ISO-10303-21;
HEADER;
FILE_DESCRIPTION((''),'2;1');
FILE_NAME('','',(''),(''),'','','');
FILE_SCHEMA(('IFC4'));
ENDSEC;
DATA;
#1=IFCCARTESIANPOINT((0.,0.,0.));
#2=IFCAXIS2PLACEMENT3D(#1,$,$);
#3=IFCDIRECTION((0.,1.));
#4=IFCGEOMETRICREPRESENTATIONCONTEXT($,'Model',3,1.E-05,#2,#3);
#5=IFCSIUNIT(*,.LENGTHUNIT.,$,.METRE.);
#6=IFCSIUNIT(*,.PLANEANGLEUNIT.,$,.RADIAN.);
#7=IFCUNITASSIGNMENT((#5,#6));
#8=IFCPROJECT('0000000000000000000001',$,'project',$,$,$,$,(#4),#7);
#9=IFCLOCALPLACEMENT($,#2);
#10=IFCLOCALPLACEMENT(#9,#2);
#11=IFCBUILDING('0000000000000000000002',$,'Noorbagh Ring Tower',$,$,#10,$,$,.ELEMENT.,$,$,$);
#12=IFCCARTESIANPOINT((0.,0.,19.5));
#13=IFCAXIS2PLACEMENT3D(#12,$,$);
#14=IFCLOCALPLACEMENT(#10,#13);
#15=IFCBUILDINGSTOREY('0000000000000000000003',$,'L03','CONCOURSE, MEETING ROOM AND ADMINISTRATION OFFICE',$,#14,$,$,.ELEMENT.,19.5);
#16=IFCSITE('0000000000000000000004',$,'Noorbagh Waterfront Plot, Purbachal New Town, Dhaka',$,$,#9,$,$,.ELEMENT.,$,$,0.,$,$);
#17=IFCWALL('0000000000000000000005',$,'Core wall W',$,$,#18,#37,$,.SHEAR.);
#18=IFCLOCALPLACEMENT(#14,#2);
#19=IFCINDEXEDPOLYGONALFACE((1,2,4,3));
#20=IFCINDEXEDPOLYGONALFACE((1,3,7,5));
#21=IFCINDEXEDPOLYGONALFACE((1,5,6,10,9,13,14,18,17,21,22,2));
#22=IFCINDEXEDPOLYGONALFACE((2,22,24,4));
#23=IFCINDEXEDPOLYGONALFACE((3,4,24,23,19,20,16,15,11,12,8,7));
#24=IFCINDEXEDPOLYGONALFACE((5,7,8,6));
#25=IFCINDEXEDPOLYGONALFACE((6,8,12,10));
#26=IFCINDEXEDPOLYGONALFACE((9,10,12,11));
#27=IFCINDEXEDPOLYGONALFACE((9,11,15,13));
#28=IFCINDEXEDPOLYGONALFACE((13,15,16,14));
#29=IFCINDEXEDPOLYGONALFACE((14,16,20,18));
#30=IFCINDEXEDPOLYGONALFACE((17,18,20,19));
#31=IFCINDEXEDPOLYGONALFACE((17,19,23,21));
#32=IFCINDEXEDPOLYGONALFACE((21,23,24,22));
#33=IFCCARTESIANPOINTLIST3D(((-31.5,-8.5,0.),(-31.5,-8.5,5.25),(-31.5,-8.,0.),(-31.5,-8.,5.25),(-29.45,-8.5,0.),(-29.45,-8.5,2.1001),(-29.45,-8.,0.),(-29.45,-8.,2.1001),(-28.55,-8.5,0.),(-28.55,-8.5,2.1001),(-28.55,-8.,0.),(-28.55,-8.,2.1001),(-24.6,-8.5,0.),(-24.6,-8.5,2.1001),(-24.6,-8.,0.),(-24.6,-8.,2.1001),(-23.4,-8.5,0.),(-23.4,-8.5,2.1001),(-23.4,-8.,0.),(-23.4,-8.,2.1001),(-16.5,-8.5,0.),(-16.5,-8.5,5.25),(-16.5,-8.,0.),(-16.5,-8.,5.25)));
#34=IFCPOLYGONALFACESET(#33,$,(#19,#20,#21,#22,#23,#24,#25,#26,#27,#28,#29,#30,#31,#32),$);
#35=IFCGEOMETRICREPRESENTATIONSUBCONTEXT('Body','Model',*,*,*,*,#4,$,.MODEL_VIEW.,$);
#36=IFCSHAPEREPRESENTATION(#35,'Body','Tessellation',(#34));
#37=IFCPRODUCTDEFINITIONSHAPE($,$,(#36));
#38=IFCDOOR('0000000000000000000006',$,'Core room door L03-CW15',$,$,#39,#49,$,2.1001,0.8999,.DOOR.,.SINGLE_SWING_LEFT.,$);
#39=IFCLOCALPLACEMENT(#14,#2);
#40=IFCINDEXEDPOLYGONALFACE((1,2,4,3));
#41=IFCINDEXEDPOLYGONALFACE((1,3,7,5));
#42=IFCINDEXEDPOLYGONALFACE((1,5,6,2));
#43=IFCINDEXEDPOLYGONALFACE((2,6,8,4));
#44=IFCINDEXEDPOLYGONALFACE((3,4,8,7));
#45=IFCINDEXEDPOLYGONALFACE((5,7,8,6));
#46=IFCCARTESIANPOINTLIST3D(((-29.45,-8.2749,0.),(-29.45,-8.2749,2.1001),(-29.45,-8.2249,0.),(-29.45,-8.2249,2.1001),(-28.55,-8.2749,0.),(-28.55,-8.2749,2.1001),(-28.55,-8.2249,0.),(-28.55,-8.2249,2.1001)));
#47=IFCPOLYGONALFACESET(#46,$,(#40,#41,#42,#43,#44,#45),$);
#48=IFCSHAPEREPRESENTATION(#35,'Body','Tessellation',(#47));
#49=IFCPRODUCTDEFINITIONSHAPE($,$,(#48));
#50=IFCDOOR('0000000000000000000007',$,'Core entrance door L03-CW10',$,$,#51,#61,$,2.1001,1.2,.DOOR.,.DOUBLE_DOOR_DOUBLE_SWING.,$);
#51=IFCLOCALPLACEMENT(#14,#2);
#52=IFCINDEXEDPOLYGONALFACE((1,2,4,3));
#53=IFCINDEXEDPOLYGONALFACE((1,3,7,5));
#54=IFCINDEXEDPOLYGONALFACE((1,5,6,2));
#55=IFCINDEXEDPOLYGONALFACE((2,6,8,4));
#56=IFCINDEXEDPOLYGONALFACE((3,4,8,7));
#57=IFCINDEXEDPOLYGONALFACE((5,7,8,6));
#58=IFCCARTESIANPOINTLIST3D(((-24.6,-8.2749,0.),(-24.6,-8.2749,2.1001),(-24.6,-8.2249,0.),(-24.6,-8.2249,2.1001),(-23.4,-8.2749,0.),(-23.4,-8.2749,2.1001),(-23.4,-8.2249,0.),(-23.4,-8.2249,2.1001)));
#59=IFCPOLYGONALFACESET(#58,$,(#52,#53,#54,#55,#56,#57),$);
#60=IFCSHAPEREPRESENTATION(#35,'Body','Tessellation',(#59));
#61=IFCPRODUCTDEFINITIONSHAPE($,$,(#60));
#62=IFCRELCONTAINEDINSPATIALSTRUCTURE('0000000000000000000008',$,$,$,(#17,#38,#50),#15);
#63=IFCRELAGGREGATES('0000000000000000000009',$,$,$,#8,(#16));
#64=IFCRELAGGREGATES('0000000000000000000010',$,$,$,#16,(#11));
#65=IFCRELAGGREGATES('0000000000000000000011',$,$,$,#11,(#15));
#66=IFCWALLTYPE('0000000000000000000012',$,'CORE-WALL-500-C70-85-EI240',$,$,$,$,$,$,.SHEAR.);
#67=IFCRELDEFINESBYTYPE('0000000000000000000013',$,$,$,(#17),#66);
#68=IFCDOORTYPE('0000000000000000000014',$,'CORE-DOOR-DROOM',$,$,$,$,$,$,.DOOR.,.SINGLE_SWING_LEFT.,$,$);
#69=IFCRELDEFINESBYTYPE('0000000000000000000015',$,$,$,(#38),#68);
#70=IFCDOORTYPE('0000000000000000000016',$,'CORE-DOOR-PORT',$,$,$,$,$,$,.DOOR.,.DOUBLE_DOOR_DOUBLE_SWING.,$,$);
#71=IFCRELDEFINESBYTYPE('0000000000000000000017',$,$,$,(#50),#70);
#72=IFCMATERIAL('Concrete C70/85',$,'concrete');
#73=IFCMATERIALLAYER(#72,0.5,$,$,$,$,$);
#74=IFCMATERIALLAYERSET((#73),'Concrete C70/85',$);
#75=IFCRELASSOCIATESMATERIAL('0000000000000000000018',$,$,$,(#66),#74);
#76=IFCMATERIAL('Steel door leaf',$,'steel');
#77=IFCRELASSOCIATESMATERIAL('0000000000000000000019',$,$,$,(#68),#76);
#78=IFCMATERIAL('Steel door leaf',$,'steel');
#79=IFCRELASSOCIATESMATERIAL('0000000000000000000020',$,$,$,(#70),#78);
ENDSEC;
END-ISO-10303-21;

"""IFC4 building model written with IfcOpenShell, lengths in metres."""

from ifc_helpers import new_model, si_unit, direction, frame, frame_2d, origin, place, context, subcontext, project, spatial, rectangle, extrude, material, layer, layer_set, type_object, element, fill, save


model = new_model("IFC4")

# Units and contexts
model_context = context("Model", 3, precision=1e-05, world=origin(), true_north=direction((0.0, 1.0)))
body_context = subcontext(model_context, "Body", "Model", "MODEL_VIEW")
ifc_project = project(units=[si_unit("LENGTHUNIT", "METRE"), si_unit("PLANEANGLEUNIT", "RADIAN")], contexts=[model_context])

# Site, building, storey
site_placement = place(None, origin())
site = spatial("IfcSite", under=ifc_project, at=site_placement, Name="Noorbagh Waterfront Plot, Purbachal New Town, Dhaka", CompositionType="ELEMENT", RefElevation=0.0)
building_placement = place(site_placement, origin())
building = spatial("IfcBuilding", under=site, at=building_placement, Name="Noorbagh Ring Tower", CompositionType="ELEMENT")
storey_placement = place(building_placement, frame((0.0, 0.0, 19.5)))
storey = spatial("IfcBuildingStorey", under=building, at=storey_placement, Name="L03", Description="CONCOURSE, MEETING ROOM AND ADMINISTRATION OFFICE", CompositionType="ELEMENT", Elevation=19.5)

# Wall, openings, doors
ifc_material_1 = material(Name="Concrete C70/85", Category="concrete")
ifc_layer_1 = layer(ifc_material_1, 0.5)
ifc_layer_set_1 = layer_set([ifc_layer_1], Name="Concrete C70/85")
wall_type = type_object("IfcWallType", Name="CORE-WALL-500-C70-85-EI240", PredefinedType="SHEAR", material=ifc_layer_set_1)
wall_placement = place(storey_placement, frame((-16.5, -8.25, 0.0), z_axis=(0.0, 0.0, 1.0), x_axis=(-1.0, 0.0, 0.0)))
wall = element("IfcWall", 1, at=wall_placement, inside=storey, type_object=wall_type, Name="Core wall W", PredefinedType="SHEAR", context=body_context, shape_type="SweptSolid", body=[
    extrude(rectangle(XDim=15.0, YDim=0.5, at=frame_2d((7.5, 0.0))), origin(), (0.0, 0.0, 1.0), 5.25),
])
opening_1_placement = place(wall_placement, frame((6.8999, 0.0, 0.0)))
opening_1 = element("IfcOpeningElement", 2, at=opening_1_placement, cuts=wall, PredefinedType="OPENING", context=body_context, shape_type="SweptSolid", body=[
    extrude(rectangle(XDim=1.2, YDim=2.1001, at=frame_2d((0.6001, 1.05))), frame((0.0, 0.26, 0.0), z_axis=(0.0, -1.0, 0.0), x_axis=(1.0, 0.0, 0.0)), (0.0, 0.0, 1.0), 0.52),
])
opening_2_placement = place(wall_placement, frame((12.05, 0.0, 0.0)))
opening_2 = element("IfcOpeningElement", 3, at=opening_2_placement, cuts=wall, PredefinedType="OPENING", context=body_context, shape_type="SweptSolid", body=[
    extrude(rectangle(XDim=0.8999, YDim=2.1001, at=frame_2d((0.45, 1.05))), frame((0.0, 0.26, 0.0), z_axis=(0.0, -1.0, 0.0), x_axis=(1.0, 0.0, 0.0)), (0.0, 0.0, 1.0), 0.52),
])
ifc_material_2 = material(Name="Steel door leaf", Category="steel")
door_type_1 = type_object("IfcDoorType", Name="CORE-DOOR-DROOM", OperationType="SINGLE_SWING_LEFT", PredefinedType="DOOR", material=ifc_material_2)
door_1_placement = place(opening_2_placement, origin())
door_1 = element("IfcDoor", 4, at=door_1_placement, inside=storey, type_object=door_type_1, Name="Core room door L03-CW15", OperationType="SINGLE_SWING_LEFT", OverallHeight=2.1001, OverallWidth=0.8999, PredefinedType="DOOR", context=body_context, shape_type="SweptSolid", body=[
    extrude(rectangle(XDim=0.8999, YDim=2.1001, at=frame_2d((0.45, 1.05))), frame((0.0, 0.0249, 0.0), z_axis=(0.0, -1.0, 0.0), x_axis=(1.0, 0.0, 0.0)), (0.0, 0.0, 1.0), 0.05),
])
fill(opening_2, door_1)
ifc_material_3 = material(Name="Steel door leaf", Category="steel")
door_type_2 = type_object("IfcDoorType", Name="CORE-DOOR-PORT", OperationType="DOUBLE_DOOR_DOUBLE_SWING", PredefinedType="DOOR", material=ifc_material_3)
door_2_placement = place(opening_1_placement, origin())
door_2 = element("IfcDoor", 5, at=door_2_placement, inside=storey, type_object=door_type_2, Name="Core entrance door L03-CW10", OperationType="DOUBLE_DOOR_DOUBLE_SWING", OverallHeight=2.1001, OverallWidth=1.2, PredefinedType="DOOR", context=body_context, shape_type="SweptSolid", body=[
    extrude(rectangle(XDim=1.2, YDim=2.1001, at=frame_2d((0.6001, 1.05))), frame((0.0, 0.0249, 0.0), z_axis=(0.0, -1.0, 0.0), x_axis=(1.0, 0.0, 0.0)), (0.0, 0.0, 1.0), 0.05),
])
fill(opening_1, door_2)

save(model, "model.ifc")
